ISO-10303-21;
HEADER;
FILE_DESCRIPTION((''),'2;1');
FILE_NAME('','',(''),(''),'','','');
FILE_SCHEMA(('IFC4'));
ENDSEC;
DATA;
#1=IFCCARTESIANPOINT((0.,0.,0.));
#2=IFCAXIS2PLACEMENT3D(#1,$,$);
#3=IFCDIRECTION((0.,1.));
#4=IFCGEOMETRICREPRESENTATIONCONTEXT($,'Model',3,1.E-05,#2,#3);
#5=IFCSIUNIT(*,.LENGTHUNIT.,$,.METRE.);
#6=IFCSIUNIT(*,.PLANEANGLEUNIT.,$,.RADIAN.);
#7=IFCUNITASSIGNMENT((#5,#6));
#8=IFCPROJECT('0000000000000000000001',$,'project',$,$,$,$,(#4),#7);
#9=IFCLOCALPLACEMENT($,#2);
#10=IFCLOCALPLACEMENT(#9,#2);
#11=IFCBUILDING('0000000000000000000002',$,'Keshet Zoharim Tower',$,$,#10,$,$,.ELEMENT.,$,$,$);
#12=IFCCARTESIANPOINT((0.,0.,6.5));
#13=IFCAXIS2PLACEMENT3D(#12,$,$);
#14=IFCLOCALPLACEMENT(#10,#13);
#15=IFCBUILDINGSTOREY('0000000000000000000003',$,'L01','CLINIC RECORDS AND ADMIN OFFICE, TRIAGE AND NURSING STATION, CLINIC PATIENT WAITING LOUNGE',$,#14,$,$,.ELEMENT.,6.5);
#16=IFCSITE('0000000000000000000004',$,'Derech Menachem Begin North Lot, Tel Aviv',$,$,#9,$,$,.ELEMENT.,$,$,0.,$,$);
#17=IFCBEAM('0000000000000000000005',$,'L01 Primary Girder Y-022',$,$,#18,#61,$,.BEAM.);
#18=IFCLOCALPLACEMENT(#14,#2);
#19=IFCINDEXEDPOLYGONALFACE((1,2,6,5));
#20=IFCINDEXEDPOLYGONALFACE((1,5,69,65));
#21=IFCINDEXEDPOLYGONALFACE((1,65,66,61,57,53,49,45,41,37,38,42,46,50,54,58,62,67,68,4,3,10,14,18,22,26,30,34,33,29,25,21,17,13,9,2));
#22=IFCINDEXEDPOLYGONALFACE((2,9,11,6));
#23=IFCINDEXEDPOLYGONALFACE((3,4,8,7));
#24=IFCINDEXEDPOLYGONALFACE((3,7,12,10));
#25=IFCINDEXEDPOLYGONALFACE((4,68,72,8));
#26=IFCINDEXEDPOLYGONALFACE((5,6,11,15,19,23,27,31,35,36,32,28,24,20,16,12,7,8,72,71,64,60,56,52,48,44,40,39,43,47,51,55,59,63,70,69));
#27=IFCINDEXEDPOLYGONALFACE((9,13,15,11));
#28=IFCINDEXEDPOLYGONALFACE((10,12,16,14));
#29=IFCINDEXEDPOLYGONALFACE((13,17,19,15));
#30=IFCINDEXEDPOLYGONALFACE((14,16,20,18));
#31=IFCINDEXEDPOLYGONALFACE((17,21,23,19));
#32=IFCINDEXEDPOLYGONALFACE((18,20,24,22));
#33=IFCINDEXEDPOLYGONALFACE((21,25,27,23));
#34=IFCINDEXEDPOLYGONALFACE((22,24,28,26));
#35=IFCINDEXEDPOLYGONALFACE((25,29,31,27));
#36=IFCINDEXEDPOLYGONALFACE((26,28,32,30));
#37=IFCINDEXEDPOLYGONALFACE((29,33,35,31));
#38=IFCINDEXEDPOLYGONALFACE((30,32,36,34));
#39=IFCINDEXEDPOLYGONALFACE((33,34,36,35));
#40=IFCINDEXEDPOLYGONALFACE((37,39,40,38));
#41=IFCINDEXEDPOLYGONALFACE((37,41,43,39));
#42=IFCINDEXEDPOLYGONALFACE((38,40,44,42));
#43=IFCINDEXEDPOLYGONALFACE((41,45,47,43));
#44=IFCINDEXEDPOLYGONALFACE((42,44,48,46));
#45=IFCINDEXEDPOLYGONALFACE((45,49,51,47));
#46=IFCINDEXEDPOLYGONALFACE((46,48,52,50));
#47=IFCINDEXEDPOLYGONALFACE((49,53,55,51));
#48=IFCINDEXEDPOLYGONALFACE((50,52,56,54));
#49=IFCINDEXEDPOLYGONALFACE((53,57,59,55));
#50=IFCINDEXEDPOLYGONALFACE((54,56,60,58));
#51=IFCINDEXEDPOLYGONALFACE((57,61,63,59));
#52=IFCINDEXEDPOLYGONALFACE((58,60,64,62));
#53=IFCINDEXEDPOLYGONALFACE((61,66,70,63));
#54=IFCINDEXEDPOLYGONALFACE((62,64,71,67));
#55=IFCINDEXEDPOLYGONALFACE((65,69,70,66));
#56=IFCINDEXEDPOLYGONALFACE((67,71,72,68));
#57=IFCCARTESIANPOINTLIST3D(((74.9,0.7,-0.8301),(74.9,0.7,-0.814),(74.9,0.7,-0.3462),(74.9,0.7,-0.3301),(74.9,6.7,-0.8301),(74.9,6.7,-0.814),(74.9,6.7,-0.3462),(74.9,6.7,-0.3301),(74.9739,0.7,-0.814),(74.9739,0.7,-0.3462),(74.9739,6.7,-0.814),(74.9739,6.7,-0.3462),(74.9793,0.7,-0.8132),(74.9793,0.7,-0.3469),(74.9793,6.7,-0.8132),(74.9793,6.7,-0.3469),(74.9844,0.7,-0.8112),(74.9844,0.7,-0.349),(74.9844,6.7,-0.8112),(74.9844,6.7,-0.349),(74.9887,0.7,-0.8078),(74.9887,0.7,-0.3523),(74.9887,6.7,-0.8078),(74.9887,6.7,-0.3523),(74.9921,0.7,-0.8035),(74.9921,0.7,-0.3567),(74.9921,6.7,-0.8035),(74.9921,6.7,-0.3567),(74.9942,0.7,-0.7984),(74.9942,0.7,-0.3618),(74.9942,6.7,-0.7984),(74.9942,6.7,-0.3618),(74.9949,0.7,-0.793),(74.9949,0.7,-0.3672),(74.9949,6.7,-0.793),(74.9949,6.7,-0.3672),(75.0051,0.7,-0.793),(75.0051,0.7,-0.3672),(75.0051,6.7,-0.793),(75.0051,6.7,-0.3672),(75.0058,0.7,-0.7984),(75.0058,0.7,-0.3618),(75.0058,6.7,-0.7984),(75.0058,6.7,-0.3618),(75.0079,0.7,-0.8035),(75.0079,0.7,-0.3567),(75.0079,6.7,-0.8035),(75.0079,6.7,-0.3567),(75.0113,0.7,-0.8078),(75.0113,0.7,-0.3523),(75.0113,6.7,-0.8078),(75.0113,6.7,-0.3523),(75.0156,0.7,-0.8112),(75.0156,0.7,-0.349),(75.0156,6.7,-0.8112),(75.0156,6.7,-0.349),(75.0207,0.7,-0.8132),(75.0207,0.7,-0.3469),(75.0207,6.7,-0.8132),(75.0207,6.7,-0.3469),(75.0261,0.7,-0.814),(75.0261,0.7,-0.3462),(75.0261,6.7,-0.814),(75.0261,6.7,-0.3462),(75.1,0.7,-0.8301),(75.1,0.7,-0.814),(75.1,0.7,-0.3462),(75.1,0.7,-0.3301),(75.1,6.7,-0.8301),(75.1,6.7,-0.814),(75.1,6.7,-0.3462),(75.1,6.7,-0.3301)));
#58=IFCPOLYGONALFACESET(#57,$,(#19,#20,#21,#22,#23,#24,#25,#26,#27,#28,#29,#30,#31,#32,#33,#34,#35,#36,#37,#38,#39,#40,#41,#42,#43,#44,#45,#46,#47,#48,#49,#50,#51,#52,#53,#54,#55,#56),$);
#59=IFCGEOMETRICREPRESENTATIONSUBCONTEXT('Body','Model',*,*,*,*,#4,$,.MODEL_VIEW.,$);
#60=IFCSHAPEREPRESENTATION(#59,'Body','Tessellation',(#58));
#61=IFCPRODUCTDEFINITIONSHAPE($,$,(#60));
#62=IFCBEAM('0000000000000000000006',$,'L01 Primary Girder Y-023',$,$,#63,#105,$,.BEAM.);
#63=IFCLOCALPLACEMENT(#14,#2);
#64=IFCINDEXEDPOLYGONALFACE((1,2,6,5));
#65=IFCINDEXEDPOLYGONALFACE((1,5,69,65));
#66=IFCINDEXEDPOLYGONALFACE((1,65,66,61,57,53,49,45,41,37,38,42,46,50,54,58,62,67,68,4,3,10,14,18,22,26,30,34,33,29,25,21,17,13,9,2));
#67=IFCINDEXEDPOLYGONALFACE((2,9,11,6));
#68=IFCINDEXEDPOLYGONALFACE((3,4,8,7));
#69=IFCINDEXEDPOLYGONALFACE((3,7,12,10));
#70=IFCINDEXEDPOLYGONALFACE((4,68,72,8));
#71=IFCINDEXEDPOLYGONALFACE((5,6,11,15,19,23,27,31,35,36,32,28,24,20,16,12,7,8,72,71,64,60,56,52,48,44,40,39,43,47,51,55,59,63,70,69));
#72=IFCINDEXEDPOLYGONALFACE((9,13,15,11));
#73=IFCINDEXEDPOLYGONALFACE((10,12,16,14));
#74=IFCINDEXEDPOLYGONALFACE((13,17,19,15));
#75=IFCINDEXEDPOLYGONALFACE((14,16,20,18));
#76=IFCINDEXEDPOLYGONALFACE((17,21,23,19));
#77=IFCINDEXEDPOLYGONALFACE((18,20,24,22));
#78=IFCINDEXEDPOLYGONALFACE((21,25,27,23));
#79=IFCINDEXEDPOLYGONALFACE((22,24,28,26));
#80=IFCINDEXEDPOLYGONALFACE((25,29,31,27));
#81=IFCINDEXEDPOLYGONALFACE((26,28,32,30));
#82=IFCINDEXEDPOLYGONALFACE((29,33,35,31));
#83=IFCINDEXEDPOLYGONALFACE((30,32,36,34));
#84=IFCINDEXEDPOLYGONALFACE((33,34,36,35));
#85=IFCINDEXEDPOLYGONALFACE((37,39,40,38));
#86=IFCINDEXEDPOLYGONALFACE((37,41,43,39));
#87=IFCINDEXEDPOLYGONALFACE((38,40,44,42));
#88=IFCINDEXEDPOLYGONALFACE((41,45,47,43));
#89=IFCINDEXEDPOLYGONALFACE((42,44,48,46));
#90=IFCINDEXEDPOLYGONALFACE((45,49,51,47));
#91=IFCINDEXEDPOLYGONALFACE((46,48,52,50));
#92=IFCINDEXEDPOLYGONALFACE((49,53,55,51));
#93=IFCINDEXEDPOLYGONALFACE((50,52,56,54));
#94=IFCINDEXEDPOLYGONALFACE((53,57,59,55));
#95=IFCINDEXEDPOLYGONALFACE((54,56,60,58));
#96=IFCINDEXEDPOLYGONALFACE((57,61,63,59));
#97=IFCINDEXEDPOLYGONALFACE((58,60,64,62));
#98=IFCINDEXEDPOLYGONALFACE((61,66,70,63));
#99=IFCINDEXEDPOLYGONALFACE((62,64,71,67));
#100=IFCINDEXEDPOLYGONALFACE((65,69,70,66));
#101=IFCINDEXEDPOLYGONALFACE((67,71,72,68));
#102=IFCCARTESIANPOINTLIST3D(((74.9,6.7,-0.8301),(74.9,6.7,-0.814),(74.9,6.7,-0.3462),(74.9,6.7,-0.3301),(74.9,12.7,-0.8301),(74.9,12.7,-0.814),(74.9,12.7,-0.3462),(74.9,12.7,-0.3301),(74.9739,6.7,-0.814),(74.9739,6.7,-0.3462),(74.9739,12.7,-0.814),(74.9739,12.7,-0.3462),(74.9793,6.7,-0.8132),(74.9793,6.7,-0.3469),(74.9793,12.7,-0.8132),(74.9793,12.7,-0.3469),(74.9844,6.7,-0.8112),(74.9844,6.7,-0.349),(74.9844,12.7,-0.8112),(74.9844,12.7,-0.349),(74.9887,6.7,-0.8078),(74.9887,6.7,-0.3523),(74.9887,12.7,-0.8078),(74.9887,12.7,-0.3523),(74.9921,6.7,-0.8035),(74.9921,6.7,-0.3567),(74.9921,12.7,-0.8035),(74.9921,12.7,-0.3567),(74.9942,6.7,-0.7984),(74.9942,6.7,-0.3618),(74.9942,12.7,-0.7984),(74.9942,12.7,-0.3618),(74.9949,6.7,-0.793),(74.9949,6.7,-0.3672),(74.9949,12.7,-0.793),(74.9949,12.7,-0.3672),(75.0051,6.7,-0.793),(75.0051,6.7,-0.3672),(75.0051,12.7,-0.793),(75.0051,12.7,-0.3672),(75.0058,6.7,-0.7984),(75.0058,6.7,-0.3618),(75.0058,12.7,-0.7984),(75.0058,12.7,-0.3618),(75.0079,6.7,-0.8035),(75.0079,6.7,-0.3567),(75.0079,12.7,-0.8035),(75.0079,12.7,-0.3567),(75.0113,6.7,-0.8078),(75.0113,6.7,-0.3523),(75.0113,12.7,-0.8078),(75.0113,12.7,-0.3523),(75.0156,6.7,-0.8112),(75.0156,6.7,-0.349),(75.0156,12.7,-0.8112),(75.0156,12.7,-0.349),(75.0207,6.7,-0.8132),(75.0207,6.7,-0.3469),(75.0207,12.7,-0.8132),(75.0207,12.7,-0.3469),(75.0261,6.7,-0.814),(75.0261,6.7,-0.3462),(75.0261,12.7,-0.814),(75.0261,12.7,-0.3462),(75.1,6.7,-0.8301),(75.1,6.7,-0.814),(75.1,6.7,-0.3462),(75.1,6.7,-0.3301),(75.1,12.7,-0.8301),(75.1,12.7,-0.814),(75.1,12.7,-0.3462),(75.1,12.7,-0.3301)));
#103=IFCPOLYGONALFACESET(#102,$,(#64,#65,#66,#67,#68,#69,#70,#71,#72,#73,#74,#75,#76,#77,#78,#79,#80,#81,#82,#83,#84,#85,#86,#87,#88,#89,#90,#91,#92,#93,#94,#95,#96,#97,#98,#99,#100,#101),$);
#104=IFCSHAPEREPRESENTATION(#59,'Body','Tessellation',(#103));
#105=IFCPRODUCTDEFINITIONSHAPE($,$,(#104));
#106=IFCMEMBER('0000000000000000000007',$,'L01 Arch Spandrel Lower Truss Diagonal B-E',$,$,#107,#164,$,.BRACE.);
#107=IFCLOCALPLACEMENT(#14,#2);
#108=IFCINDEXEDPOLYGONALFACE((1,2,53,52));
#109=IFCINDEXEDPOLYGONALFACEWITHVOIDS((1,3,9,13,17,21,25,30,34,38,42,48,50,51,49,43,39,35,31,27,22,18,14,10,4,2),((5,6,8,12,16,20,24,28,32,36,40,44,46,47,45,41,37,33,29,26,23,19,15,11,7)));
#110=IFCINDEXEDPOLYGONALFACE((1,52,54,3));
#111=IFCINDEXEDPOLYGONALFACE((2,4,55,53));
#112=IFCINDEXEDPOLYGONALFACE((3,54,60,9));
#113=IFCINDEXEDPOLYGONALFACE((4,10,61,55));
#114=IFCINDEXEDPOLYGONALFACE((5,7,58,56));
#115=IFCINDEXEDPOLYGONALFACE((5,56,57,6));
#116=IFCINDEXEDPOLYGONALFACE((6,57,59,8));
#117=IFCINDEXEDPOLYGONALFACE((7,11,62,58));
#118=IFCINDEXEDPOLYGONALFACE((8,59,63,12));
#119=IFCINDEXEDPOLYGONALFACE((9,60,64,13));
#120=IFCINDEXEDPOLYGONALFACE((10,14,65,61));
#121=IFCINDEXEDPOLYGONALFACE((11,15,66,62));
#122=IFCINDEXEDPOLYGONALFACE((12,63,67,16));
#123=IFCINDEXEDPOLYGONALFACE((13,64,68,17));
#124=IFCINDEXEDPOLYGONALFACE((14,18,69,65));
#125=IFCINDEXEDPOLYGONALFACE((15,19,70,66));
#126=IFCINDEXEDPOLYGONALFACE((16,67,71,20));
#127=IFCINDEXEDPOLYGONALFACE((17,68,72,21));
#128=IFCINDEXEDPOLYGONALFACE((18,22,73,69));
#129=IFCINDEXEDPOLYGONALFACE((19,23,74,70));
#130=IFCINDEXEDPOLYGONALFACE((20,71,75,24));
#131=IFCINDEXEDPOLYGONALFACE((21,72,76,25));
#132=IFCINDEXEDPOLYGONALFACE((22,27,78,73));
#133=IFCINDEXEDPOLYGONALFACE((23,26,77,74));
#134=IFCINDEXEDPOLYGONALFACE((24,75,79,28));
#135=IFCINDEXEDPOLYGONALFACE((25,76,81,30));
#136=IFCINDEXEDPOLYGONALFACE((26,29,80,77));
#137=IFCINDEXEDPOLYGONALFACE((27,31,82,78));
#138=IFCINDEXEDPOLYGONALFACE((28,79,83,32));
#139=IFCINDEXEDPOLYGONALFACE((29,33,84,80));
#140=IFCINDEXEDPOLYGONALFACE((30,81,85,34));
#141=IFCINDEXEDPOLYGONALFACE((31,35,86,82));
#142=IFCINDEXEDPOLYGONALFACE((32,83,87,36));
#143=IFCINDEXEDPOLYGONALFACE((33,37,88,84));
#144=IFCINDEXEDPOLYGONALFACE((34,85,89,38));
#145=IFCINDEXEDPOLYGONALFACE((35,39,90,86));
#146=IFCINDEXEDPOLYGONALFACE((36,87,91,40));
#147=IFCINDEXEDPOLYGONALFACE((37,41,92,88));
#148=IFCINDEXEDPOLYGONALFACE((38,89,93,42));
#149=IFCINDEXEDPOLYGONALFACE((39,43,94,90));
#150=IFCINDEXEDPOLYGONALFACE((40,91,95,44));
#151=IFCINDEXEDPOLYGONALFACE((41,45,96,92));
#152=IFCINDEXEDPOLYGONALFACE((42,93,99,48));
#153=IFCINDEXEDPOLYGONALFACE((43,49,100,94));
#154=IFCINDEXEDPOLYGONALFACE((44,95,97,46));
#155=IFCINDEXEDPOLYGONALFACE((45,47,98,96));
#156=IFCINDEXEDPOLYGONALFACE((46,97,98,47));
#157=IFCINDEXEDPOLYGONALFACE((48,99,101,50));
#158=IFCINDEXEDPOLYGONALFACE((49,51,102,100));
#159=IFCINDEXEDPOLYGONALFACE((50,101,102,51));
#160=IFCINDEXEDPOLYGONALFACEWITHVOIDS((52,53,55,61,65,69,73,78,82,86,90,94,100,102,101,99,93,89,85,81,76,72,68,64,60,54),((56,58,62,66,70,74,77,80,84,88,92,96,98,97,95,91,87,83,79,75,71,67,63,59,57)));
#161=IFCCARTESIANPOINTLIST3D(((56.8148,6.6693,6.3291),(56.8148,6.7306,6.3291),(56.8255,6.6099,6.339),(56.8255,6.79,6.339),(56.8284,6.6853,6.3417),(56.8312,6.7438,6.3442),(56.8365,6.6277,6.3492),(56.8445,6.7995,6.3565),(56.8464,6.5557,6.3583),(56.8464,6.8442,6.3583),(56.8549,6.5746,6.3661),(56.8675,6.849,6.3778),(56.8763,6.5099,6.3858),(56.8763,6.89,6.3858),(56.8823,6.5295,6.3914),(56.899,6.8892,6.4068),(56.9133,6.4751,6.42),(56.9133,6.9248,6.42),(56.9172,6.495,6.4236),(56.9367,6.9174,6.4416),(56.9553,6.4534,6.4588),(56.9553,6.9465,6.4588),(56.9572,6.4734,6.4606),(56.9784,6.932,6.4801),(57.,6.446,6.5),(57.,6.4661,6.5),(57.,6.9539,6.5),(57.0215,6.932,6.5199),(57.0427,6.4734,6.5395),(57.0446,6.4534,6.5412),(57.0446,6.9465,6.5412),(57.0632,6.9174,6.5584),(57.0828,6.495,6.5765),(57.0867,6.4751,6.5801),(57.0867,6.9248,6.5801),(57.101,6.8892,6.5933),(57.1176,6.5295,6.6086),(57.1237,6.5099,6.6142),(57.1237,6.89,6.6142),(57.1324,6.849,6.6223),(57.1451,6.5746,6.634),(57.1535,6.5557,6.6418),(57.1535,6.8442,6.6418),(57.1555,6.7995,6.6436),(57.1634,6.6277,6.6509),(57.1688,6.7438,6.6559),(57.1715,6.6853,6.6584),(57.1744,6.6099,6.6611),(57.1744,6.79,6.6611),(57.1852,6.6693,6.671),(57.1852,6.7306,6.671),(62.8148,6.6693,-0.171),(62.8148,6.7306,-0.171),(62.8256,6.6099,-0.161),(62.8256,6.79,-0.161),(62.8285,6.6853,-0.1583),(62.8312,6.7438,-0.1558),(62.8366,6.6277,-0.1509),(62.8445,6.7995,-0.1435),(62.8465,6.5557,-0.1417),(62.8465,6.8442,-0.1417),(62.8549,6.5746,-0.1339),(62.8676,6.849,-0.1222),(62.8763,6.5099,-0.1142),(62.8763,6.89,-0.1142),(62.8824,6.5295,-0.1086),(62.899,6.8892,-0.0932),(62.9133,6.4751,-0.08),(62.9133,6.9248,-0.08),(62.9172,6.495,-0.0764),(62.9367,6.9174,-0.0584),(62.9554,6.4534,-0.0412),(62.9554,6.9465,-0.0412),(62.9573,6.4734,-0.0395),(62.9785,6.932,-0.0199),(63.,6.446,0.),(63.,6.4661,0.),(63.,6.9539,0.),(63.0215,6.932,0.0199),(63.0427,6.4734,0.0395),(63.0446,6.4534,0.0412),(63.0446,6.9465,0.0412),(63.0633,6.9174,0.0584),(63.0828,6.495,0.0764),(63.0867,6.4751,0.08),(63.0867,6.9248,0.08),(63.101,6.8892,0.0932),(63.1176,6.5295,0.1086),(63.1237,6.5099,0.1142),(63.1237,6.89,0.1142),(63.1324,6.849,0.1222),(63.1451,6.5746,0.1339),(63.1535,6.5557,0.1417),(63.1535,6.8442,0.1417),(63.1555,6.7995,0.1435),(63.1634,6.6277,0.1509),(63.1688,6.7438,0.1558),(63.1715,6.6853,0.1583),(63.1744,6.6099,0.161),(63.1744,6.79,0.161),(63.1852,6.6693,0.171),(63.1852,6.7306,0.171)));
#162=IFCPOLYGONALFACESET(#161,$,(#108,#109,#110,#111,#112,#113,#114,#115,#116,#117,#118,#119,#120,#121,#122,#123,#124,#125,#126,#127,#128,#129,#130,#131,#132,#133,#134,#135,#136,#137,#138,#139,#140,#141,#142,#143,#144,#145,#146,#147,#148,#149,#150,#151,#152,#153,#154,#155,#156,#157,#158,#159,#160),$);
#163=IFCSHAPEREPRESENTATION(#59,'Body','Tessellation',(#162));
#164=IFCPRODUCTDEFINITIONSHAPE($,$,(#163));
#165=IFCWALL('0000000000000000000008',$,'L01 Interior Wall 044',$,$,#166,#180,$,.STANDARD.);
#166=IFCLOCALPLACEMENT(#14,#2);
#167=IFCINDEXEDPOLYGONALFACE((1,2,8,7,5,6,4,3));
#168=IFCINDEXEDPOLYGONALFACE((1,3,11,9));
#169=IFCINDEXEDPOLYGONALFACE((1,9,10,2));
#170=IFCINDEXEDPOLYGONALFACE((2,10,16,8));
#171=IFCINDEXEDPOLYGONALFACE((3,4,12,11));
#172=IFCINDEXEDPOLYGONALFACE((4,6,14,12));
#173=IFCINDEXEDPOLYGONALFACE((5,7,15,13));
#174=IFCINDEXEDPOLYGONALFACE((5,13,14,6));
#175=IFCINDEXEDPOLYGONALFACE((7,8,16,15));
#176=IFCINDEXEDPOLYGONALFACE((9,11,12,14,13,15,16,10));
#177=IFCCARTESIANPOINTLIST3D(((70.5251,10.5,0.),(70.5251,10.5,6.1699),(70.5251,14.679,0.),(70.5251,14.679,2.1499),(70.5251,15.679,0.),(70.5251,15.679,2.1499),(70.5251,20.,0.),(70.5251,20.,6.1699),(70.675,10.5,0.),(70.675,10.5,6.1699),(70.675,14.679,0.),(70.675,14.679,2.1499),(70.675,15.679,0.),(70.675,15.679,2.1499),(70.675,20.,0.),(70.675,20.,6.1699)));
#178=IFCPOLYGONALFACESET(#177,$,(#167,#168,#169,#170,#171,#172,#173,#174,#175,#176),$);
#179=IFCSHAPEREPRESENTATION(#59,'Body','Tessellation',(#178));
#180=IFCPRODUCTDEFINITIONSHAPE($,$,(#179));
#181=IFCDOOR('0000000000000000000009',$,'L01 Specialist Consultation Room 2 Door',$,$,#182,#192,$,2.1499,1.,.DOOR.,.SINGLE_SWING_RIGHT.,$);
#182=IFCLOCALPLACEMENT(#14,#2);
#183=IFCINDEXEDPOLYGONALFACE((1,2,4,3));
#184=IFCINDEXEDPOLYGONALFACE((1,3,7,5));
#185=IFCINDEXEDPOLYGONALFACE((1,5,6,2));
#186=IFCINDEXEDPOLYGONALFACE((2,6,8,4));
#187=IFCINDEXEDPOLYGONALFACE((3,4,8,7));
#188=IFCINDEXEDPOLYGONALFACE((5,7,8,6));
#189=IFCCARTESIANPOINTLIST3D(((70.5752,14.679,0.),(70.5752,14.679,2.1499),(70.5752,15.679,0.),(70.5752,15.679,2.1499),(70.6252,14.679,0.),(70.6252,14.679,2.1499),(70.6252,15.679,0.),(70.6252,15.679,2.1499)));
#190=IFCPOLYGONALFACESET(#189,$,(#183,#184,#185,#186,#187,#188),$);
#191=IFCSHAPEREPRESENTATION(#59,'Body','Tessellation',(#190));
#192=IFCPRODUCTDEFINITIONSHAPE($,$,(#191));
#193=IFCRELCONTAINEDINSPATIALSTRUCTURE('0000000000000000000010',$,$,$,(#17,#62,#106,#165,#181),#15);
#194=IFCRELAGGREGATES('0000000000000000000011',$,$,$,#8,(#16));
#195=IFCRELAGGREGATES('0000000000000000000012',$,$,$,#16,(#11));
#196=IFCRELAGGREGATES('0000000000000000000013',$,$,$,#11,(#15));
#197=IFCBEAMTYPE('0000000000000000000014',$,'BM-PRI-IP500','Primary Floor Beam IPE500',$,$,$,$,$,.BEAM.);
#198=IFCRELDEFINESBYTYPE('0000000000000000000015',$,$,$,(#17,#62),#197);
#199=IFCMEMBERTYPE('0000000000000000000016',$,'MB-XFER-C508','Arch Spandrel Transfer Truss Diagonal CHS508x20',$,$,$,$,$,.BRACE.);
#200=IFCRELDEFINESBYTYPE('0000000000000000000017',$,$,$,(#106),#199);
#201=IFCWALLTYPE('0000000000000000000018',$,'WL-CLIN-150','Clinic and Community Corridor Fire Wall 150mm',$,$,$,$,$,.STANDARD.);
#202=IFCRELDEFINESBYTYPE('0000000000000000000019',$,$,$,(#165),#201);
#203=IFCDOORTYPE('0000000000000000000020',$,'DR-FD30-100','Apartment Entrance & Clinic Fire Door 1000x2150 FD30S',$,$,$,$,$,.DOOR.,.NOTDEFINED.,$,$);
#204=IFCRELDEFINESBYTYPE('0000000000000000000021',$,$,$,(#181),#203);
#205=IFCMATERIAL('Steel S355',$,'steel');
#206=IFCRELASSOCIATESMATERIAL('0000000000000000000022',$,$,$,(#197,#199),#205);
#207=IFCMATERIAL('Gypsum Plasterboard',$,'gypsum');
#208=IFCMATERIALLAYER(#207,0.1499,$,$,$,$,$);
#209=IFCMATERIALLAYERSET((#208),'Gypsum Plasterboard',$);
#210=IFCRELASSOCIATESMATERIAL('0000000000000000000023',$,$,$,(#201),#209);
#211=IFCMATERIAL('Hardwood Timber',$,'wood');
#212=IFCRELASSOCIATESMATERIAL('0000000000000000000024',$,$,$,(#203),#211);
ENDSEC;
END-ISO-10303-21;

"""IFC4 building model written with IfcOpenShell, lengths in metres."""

from ifc_helpers import new_model, si_unit, direction, frame, frame_2d, origin, origin_2d, place, context, subcontext, project, spatial, rectangle, hollow_circle, i_section, extrude, material, layer, layer_set, material_profile, profile_set, type_object, element, fill, save


model = new_model("IFC4")

# Units and contexts
model_context = context("Model", 3, precision=1e-05, world=origin(), true_north=direction((0.0, 1.0)))
body_context = subcontext(model_context, "Body", "Model", "MODEL_VIEW")
ifc_project = project(units=[si_unit("LENGTHUNIT", "METRE"), si_unit("PLANEANGLEUNIT", "RADIAN")], contexts=[model_context])

# Site, building, storey
site_placement = place(None, origin())
site = spatial("IfcSite", under=ifc_project, at=site_placement, Name="Derech Menachem Begin North Lot, Tel Aviv", CompositionType="ELEMENT", RefElevation=0.0)
building_placement = place(site_placement, origin())
building = spatial("IfcBuilding", under=site, at=building_placement, Name="Keshet Zoharim Tower", CompositionType="ELEMENT")
storey_placement = place(building_placement, frame((0.0, 0.0, 6.5)))
storey = spatial("IfcBuildingStorey", under=building, at=storey_placement, Name="L01", Description="CLINIC RECORDS AND ADMIN OFFICE, TRIAGE AND NURSING STATION, CLINIC PATIENT WAITING LOUNGE", CompositionType="ELEMENT", Elevation=6.5)

# Beams
ifc_material_1 = material(Name="Steel S355", Category="steel")
ifc_material_profile_1 = material_profile(ifc_material_1, i_section(OverallWidth=0.2, OverallDepth=0.5, WebThickness=0.0103, FlangeThickness=0.0161, FilletRadius=0.021, at=origin_2d()), Name="IPE500")
ifc_profile_set_1 = profile_set([ifc_material_profile_1], Name="Steel S355")
beam_type_1 = type_object("IfcBeamType", Name="BM-PRI-IP500", Description="Primary Floor Beam IPE500", PredefinedType="BEAM", material=ifc_profile_set_1)
for number, where, z_axis, x_axis, name in (
    (1, (75.0, 0.7, -0.5801), (0.0, 1.0, 0.0), (-1.0, 0.0, 0.0), "L01 Primary Girder Y-022"),
    (2, (75.0, 6.7, -0.5801), (0.0, 1.0, 0.0), (-1.0, 0.0, 0.0), "L01 Primary Girder Y-023"),
):
    element("IfcBeam", number, at=place(storey_placement, frame(where, z_axis=z_axis, x_axis=x_axis)), inside=storey, type_object=beam_type_1, Name=name, PredefinedType="BEAM", context=body_context, shape_type="SweptSolid", body=[
        extrude(i_section(OverallWidth=0.2, OverallDepth=0.5, WebThickness=0.0103, FlangeThickness=0.0161, FilletRadius=0.021, at=origin_2d()), origin(), (0.0, 0.0, 1.0), 6.0),
    ])

# Member
ifc_material_profile_2 = material_profile(ifc_material_1, hollow_circle(Radius=0.2539, WallThickness=0.02, at=origin_2d()), Name="CHS508x20")
ifc_profile_set_2 = profile_set([ifc_material_profile_2], Name="Steel S355")
member_type = type_object("IfcMemberType", Name="MB-XFER-C508", Description="Arch Spandrel Transfer Truss Diagonal CHS508x20", PredefinedType="BRACE", material=ifc_profile_set_2)
member_placement = place(storey_placement, frame((63.0, 6.7, 0.0), z_axis=(-0.67828, 0.0, 0.734803), x_axis=(0.0, -1.0, 0.0)))
element("IfcMember", 3, at=member_placement, inside=storey, type_object=member_type, Name="L01 Arch Spandrel Lower Truss Diagonal B-E", PredefinedType="BRACE", context=body_context, shape_type="SweptSolid", body=[
    extrude(hollow_circle(Radius=0.2539, WallThickness=0.02, at=origin_2d()), origin(), (0.0, 0.0, 1.0), 8.8459),
])

# Wall, opening, door
ifc_material_2 = material(Name="Gypsum Plasterboard", Category="gypsum")
ifc_layer_1 = layer(ifc_material_2, 0.1499)
ifc_layer_set_1 = layer_set([ifc_layer_1], Name="Gypsum Plasterboard")
wall_type_1 = type_object("IfcWallType", Name="WL-CLIN-150", Description="Clinic and Community Corridor Fire Wall 150mm", PredefinedType="STANDARD", material=ifc_layer_set_1)
wall_1_placement = place(storey_placement, frame((70.6001, 10.5, 0.0), z_axis=(0.0, 0.0, 1.0), x_axis=(0.0, 1.0, 0.0)))
wall_1 = element("IfcWall", 4, at=wall_1_placement, inside=storey, type_object=wall_type_1, Name="L01 Interior Wall 044", PredefinedType="STANDARD", context=body_context, shape_type="SweptSolid", body=[
    extrude(rectangle(XDim=9.5, YDim=0.1499, at=frame_2d((4.75, 0.0))), origin(), (0.0, 0.0, 1.0), 6.1699),
])
opening_1_placement = place(wall_1_placement, frame((4.179, 0.0, 0.0)))
opening_1 = element("IfcOpeningElement", 5, at=opening_1_placement, cuts=wall_1, PredefinedType="OPENING", context=body_context, shape_type="SweptSolid", body=[
    extrude(rectangle(XDim=1.0, YDim=2.1499, at=frame_2d((0.5, 1.075))), frame((0.0, 0.085, 0.0), z_axis=(0.0, -1.0, 0.0), x_axis=(1.0, 0.0, 0.0)), (0.0, 0.0, 1.0), 0.1699),
])
ifc_material_3 = material(Name="Hardwood Timber", Category="wood")
door_type = type_object("IfcDoorType", Name="DR-FD30-100", Description="Apartment Entrance & Clinic Fire Door 1000x2150 FD30S", OperationType="NOTDEFINED", PredefinedType="DOOR", material=ifc_material_3)
door_placement = place(opening_1_placement, origin())
door = element("IfcDoor", 6, at=door_placement, inside=storey, type_object=door_type, Name="L01 Specialist Consultation Room 2 Door", OperationType="SINGLE_SWING_RIGHT", OverallHeight=2.1499, OverallWidth=1.0, PredefinedType="DOOR", context=body_context, shape_type="SweptSolid", body=[
    extrude(rectangle(XDim=1.0, YDim=2.1499, at=frame_2d((0.5, 1.075))), frame((0.0, 0.0249, 0.0), z_axis=(0.0, -1.0, 0.0), x_axis=(1.0, 0.0, 0.0)), (0.0, 0.0, 1.0), 0.05),
])
fill(opening_1, door)

save(model, "model.ifc")
